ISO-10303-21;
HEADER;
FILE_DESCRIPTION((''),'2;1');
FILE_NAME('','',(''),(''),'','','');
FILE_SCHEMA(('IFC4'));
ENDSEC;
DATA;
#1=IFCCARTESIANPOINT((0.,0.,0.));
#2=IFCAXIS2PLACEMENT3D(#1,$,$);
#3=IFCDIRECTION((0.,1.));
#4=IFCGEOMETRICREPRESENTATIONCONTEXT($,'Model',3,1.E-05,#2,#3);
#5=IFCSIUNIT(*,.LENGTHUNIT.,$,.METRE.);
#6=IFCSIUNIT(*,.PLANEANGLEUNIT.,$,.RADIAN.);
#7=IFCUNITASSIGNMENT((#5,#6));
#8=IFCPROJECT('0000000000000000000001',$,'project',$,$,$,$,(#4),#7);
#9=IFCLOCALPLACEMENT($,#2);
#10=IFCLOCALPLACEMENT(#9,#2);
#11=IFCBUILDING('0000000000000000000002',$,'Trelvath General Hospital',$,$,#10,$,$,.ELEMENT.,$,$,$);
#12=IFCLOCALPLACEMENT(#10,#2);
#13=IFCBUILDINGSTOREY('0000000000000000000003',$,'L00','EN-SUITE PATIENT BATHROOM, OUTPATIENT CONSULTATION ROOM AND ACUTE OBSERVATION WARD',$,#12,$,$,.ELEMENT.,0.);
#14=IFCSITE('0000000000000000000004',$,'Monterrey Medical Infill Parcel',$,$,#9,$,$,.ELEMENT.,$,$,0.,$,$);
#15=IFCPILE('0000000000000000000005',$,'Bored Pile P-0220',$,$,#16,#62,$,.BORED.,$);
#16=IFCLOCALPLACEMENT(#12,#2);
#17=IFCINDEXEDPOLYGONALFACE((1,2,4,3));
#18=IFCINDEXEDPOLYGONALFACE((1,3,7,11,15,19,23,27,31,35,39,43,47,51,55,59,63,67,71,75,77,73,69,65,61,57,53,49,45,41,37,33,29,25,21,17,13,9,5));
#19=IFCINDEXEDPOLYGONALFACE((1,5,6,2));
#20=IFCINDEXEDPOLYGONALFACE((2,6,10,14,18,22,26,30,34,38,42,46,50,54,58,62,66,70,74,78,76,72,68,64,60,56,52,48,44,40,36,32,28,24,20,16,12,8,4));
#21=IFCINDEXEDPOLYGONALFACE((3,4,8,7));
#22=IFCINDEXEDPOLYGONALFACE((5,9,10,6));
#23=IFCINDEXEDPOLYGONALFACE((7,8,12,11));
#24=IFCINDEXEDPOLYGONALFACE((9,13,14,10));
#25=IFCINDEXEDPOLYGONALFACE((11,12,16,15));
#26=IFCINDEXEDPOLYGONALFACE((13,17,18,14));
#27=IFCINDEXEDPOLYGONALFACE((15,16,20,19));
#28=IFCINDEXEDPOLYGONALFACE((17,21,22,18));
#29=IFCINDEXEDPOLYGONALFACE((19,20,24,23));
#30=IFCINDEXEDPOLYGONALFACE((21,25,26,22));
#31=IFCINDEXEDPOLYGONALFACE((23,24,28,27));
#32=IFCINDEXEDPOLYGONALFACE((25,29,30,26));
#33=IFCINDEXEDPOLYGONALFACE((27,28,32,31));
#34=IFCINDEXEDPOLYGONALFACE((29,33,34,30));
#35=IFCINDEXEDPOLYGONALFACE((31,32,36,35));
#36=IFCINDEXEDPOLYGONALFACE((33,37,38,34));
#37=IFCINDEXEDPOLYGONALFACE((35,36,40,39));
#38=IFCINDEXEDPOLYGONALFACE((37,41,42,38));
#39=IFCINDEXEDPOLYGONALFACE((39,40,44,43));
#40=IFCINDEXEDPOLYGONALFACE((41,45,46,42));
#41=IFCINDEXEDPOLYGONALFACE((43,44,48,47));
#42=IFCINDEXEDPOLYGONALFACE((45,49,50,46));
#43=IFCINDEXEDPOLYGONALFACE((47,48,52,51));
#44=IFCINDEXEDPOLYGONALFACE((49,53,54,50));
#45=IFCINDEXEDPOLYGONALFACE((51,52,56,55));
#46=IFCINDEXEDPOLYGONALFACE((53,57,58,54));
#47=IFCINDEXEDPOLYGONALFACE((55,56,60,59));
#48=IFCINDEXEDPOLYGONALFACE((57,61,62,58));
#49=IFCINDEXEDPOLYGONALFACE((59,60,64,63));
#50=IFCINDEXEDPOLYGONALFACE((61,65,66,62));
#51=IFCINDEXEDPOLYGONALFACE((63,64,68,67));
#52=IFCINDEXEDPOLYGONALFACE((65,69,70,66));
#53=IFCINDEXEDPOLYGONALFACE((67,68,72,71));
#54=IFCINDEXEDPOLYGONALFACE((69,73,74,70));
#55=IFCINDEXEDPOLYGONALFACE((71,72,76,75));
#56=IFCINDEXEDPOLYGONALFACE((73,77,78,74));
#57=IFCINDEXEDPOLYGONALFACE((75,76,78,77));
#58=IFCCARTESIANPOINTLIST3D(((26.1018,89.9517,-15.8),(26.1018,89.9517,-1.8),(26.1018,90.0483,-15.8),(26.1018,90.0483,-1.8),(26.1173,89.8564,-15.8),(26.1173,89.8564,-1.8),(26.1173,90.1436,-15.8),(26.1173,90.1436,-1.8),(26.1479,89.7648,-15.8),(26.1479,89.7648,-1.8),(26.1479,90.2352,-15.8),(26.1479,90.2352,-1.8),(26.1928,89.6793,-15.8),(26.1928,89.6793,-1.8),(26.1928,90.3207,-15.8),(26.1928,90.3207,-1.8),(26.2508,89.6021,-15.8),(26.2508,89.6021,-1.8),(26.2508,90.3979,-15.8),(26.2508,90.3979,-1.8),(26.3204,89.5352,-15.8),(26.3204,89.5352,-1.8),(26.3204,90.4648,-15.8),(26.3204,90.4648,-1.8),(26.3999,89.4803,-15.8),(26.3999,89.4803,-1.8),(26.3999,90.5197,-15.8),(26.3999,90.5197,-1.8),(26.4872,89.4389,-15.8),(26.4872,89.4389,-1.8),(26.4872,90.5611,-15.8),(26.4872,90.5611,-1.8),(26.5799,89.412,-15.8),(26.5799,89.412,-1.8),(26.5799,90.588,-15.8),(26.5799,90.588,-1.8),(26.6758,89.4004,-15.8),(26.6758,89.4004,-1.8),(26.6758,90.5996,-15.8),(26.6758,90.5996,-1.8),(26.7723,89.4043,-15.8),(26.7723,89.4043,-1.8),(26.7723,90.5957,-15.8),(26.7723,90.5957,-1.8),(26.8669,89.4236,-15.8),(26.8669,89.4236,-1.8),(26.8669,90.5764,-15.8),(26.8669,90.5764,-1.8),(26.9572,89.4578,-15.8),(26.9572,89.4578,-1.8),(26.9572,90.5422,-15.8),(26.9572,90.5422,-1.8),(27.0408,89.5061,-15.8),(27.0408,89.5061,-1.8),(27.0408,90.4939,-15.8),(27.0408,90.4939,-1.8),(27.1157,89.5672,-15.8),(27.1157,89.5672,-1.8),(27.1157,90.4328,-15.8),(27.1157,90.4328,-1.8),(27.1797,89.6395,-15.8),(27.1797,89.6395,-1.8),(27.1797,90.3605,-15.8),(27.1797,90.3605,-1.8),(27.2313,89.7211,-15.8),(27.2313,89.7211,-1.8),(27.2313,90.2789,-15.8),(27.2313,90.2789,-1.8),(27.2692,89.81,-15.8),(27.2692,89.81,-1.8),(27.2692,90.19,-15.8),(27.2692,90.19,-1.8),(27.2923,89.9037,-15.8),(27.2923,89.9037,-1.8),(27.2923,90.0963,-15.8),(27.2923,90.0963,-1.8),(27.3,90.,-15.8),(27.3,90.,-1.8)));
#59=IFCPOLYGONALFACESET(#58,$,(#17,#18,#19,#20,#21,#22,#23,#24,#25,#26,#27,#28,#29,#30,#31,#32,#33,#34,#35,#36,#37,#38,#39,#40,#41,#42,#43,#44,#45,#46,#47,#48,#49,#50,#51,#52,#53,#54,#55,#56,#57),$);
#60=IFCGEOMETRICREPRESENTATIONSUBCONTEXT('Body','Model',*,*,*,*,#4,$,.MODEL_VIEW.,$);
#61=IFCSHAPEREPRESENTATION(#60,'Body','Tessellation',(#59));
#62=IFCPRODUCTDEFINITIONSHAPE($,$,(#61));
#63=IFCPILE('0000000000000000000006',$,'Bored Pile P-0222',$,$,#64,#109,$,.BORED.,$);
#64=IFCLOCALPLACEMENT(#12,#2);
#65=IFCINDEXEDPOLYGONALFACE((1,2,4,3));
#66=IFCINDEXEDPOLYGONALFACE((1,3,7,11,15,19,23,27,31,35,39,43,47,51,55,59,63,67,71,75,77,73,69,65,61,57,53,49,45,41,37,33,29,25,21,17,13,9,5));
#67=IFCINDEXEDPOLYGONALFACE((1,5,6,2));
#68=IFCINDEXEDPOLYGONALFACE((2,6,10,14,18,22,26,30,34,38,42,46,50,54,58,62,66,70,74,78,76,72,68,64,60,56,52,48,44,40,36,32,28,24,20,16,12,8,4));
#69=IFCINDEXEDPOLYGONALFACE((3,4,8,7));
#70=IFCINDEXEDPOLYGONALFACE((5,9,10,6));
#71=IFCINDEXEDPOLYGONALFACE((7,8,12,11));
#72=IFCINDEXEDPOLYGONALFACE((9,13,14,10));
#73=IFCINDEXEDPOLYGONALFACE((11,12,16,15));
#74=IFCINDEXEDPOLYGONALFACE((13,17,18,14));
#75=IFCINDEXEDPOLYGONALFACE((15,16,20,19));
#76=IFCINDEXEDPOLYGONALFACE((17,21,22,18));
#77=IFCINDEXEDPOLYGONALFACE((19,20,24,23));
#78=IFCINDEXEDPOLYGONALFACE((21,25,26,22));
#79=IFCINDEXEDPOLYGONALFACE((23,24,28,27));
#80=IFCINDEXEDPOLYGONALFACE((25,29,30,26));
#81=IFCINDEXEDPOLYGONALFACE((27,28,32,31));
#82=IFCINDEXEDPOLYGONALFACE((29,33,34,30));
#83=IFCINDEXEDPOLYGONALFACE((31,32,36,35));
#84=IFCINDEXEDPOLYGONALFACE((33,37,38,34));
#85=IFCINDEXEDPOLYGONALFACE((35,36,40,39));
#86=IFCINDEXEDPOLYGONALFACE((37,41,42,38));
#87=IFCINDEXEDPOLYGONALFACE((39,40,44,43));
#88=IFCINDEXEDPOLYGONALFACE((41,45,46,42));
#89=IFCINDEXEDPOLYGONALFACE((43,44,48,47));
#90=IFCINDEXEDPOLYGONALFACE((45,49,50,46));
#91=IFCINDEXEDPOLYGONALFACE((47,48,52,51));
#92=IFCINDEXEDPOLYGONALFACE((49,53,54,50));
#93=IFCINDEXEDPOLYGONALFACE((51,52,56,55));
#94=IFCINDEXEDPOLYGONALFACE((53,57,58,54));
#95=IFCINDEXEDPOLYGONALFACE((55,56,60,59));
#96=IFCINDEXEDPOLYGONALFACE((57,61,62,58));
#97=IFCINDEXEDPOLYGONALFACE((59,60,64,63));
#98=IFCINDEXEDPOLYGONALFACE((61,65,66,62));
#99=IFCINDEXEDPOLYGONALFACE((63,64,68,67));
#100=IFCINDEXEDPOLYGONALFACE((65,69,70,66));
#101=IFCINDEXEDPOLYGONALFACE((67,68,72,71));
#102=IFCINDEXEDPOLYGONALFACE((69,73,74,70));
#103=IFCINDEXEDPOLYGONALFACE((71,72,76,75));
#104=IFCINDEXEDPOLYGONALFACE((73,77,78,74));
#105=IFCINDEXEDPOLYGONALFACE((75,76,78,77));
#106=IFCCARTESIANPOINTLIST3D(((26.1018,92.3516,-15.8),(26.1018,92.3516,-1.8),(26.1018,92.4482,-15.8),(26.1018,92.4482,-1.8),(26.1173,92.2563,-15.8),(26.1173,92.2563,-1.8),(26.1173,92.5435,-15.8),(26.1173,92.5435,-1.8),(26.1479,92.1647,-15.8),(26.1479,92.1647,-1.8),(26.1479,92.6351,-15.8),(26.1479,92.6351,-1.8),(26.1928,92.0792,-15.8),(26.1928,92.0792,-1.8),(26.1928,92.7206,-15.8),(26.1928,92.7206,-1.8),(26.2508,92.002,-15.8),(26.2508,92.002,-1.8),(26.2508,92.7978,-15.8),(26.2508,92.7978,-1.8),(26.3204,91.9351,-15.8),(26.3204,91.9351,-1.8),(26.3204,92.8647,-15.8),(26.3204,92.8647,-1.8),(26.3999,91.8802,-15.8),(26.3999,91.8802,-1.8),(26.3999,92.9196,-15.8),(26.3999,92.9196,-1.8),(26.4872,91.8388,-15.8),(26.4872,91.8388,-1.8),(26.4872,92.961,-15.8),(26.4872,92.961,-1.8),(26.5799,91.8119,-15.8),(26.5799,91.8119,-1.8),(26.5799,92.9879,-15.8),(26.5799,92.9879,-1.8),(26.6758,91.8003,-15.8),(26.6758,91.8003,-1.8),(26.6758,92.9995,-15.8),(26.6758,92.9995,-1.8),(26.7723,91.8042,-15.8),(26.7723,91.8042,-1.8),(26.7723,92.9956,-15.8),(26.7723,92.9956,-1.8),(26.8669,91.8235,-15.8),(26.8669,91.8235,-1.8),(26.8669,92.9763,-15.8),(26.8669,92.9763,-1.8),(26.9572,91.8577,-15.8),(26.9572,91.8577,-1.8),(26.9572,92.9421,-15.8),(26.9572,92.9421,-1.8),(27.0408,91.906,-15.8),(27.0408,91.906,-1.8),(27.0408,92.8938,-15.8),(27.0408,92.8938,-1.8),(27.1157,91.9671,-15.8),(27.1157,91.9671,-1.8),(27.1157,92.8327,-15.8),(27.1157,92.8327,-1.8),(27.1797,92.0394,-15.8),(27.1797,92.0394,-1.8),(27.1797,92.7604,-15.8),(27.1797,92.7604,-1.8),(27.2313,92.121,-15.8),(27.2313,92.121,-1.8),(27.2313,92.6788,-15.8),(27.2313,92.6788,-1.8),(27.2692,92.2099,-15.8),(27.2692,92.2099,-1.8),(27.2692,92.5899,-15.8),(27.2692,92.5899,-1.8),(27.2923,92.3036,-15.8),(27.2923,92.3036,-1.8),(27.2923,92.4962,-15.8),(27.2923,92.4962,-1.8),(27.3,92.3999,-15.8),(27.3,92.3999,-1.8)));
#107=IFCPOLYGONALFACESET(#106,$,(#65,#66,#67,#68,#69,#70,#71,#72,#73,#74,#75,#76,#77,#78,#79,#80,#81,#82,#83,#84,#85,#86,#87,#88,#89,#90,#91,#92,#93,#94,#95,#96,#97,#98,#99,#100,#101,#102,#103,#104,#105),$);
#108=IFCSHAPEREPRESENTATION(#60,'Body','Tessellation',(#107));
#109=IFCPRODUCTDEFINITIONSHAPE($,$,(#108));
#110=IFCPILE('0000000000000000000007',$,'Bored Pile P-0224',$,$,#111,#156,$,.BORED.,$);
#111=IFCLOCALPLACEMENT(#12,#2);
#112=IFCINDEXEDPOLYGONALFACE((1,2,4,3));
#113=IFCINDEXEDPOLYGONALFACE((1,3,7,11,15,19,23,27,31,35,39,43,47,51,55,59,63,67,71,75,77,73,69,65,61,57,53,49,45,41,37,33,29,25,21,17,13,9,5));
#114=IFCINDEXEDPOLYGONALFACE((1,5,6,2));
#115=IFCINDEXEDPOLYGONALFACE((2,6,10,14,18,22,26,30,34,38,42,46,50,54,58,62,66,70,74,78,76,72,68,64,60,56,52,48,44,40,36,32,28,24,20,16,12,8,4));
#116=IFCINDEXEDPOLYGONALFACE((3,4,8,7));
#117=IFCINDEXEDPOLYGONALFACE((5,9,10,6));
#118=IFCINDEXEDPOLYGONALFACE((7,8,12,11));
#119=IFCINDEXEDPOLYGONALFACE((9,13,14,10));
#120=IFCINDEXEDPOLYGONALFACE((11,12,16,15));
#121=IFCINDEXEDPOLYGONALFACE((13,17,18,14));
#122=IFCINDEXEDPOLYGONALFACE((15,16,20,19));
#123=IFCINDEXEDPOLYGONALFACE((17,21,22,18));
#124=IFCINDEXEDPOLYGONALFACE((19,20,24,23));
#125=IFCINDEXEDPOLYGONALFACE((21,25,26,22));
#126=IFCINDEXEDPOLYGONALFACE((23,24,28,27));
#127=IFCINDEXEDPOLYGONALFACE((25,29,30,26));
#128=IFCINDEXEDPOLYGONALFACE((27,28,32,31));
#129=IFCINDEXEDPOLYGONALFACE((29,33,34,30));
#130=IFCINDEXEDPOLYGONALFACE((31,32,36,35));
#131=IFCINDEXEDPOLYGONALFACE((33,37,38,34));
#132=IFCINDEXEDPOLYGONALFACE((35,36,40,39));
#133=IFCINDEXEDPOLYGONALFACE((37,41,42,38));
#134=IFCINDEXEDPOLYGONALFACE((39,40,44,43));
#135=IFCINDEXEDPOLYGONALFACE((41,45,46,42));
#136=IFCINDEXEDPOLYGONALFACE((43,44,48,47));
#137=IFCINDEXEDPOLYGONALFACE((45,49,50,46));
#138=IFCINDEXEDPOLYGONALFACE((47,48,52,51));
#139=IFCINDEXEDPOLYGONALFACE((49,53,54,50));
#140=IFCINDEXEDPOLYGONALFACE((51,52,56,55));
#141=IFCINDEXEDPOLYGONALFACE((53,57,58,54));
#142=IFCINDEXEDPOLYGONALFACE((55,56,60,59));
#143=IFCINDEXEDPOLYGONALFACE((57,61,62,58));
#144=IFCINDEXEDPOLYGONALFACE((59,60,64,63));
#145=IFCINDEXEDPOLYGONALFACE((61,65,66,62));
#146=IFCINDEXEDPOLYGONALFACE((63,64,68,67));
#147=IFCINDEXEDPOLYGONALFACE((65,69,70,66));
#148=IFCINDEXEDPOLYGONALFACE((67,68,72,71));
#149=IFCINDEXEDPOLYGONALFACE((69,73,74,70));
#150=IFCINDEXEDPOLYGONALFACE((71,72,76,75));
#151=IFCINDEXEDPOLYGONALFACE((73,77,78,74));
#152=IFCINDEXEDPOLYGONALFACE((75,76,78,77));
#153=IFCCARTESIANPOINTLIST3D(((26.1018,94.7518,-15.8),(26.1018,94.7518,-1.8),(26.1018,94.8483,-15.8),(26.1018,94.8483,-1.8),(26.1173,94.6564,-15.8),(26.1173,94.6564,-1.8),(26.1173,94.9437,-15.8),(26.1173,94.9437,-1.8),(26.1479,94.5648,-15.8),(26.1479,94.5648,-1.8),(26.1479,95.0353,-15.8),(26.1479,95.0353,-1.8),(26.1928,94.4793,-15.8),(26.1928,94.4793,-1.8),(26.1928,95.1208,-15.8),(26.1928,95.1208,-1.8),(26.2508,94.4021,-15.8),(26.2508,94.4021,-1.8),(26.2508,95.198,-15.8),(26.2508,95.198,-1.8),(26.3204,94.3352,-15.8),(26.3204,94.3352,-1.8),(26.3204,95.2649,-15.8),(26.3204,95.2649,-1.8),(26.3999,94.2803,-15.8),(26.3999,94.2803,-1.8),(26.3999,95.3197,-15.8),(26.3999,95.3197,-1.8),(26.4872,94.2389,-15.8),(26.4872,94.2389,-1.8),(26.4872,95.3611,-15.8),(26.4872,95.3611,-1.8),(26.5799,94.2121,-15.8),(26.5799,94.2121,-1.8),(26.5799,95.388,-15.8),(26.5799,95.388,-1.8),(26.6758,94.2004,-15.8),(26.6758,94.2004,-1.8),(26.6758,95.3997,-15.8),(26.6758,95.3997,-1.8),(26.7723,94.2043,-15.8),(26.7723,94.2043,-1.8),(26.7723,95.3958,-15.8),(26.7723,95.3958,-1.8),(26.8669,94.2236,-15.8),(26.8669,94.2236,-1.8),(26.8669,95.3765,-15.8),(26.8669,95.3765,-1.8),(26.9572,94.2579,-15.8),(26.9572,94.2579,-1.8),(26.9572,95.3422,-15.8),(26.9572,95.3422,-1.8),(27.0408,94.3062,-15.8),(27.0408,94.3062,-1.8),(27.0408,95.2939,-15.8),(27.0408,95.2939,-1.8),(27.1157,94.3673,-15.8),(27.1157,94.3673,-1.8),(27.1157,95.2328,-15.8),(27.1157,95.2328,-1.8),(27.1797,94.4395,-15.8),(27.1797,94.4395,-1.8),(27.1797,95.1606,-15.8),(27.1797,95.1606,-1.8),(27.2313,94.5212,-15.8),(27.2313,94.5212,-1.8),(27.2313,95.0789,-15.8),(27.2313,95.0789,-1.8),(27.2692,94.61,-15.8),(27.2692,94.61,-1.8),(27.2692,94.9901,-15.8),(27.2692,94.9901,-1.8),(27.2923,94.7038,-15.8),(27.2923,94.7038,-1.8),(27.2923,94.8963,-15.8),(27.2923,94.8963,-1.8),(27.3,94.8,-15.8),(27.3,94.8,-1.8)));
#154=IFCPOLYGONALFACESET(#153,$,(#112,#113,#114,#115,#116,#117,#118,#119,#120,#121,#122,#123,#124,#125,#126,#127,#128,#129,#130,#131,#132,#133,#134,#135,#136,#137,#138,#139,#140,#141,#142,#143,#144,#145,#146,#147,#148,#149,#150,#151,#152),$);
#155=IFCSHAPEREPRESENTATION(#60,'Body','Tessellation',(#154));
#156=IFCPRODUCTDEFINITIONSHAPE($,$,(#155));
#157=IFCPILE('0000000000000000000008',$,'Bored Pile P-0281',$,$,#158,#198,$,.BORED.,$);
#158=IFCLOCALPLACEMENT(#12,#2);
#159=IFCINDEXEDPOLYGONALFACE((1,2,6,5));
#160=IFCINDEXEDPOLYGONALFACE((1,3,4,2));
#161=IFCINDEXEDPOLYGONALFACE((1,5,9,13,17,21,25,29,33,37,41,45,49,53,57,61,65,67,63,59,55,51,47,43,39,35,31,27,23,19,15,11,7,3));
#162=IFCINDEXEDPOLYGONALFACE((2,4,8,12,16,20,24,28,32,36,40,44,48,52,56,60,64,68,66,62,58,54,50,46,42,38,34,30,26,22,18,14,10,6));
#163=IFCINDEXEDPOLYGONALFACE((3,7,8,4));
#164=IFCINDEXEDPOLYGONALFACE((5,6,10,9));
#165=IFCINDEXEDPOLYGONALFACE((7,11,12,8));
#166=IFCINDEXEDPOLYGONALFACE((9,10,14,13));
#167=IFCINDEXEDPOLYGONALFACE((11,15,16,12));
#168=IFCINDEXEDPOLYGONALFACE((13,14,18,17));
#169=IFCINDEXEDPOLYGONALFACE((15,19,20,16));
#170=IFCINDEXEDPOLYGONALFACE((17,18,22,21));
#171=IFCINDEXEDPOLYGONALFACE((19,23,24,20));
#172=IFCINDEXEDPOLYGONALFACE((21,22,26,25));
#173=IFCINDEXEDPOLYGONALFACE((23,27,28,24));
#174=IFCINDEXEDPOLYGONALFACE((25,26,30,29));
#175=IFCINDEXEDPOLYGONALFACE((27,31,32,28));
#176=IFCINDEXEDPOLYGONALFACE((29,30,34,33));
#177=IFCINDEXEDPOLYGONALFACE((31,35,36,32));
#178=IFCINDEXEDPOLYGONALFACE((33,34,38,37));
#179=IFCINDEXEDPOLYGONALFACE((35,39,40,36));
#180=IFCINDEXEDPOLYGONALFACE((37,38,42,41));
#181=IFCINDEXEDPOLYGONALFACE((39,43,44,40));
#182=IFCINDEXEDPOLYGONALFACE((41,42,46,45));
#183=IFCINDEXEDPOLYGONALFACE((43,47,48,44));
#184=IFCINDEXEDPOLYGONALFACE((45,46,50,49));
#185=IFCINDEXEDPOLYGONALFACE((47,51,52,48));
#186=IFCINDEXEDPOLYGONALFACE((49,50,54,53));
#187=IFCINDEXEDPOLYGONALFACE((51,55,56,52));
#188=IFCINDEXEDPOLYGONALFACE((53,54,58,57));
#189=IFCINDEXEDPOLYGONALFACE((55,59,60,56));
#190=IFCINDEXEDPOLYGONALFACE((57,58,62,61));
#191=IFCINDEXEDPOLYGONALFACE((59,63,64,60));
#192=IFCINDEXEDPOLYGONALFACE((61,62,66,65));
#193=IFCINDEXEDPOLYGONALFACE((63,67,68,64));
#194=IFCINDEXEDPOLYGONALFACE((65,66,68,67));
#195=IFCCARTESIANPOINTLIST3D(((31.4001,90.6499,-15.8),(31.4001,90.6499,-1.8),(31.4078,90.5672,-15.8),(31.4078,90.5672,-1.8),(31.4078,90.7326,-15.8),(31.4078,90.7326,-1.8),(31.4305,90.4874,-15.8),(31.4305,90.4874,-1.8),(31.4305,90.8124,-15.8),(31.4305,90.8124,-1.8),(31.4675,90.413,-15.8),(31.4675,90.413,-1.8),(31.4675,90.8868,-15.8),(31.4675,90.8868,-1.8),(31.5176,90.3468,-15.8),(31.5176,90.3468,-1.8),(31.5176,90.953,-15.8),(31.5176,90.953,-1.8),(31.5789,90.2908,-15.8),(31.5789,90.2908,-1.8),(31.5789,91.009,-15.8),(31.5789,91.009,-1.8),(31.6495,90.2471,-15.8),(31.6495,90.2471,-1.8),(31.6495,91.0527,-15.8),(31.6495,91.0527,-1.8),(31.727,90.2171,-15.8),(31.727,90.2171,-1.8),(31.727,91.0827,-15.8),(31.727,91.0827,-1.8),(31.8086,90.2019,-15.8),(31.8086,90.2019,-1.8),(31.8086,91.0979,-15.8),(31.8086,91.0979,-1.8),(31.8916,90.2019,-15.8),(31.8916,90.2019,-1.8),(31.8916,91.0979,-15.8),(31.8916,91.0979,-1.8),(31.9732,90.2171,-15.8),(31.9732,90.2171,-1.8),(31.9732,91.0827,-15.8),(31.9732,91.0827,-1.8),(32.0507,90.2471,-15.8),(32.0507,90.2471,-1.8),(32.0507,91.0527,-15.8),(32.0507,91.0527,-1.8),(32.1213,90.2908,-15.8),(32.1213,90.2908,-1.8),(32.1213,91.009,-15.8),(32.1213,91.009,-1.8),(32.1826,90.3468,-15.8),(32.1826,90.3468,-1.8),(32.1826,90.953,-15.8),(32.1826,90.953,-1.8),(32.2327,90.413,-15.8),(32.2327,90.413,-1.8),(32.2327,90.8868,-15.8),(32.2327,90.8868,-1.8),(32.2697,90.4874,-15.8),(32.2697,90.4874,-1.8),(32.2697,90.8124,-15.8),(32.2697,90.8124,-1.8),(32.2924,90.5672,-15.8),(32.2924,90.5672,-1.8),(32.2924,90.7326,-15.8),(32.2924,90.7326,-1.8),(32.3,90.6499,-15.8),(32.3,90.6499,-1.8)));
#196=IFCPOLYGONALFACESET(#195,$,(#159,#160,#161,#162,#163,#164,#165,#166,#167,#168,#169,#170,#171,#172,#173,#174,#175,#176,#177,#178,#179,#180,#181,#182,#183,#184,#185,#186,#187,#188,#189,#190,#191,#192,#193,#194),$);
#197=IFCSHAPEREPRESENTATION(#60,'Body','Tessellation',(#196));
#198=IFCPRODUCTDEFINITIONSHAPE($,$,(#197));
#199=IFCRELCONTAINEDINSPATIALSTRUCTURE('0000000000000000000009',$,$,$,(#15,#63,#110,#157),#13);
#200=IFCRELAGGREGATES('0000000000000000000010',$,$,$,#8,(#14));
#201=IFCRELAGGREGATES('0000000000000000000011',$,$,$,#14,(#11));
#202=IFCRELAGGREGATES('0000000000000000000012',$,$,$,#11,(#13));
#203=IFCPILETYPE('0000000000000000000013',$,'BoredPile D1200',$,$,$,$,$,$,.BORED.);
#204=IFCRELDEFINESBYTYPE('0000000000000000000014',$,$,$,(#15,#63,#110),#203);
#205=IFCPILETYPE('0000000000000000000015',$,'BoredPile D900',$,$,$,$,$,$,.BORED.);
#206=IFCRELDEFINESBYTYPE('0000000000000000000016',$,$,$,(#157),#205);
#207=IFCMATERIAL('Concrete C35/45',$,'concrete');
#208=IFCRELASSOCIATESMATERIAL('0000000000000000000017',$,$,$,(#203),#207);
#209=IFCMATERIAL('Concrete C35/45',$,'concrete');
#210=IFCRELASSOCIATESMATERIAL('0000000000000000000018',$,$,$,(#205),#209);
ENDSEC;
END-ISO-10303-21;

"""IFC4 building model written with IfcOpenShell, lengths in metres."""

from ifc_helpers import new_model, si_unit, direction, frame, origin, origin_2d, place, context, subcontext, project, spatial, circle, extrude, material, material_profile, profile_set, type_object, element, save


model = new_model("IFC4")

# Units and contexts
model_context = context("Model", 3, precision=1e-05, world=origin(), true_north=direction((0.0, 1.0)))
body_context = subcontext(model_context, "Body", "Model", "MODEL_VIEW")
ifc_project = project(units=[si_unit("LENGTHUNIT", "METRE"), si_unit("PLANEANGLEUNIT", "RADIAN")], contexts=[model_context])

# Site, building, storey
site_placement = place(None, origin())
site = spatial("IfcSite", under=ifc_project, at=site_placement, Name="Monterrey Medical Infill Parcel", CompositionType="ELEMENT", RefElevation=0.0)
building_placement = place(site_placement, origin())
building = spatial("IfcBuilding", under=site, at=building_placement, Name="Trelvath General Hospital", CompositionType="ELEMENT")
storey_placement = place(building_placement, origin())
storey = spatial("IfcBuildingStorey", under=building, at=storey_placement, Name="L00", Description="EN-SUITE PATIENT BATHROOM, OUTPATIENT CONSULTATION ROOM AND ACUTE OBSERVATION WARD", CompositionType="ELEMENT", Elevation=0.0)

# Piles
ifc_material_1 = material(Name="Concrete C35/45", Category="concrete")
ifc_material_profile_1 = material_profile(ifc_material_1, circle(Radius=0.6001, at=origin_2d()), Name="PILE1200")
ifc_profile_set_1 = profile_set([ifc_material_profile_1], Name="Concrete C35/45")
pile_type_1 = type_object("IfcPileType", Name="BoredPile D1200", PredefinedType="BORED", material=ifc_profile_set_1)
for number, where, z_axis, x_axis, name in (
    (1, (26.7, 90.0, -1.8), (0.0, 0.0, -1.0), (1.0, 0.0, 0.0), "Bored Pile P-0220"),
    (2, (26.7, 92.3999, -1.8), (0.0, 0.0, -1.0), (1.0, 0.0, 0.0), "Bored Pile P-0222"),
    (3, (26.7, 94.8, -1.8), (0.0, 0.0, -1.0), (1.0, 0.0, 0.0), "Bored Pile P-0224"),
):
    element("IfcPile", number, at=place(storey_placement, frame(where, z_axis=z_axis, x_axis=x_axis)), inside=storey, type_object=pile_type_1, Name=name, PredefinedType="BORED", context=body_context, shape_type="SweptSolid", body=[
        extrude(circle(Radius=0.6001, at=origin_2d()), origin(), (0.0, 0.0, 1.0), 14.0),
    ])
ifc_material_2 = material(Name="Concrete C35/45", Category="concrete")
ifc_material_profile_2 = material_profile(ifc_material_2, circle(Radius=0.45, at=origin_2d()), Name="PILE900")
ifc_profile_set_2 = profile_set([ifc_material_profile_2], Name="Concrete C35/45")
pile_type_2 = type_object("IfcPileType", Name="BoredPile D900", PredefinedType="BORED", material=ifc_profile_set_2)
for number, where, z_axis, x_axis, name in (
    (4, (31.8501, 90.6499, -1.8), (0.0, 0.0, -1.0), (1.0, 0.0, 0.0), "Bored Pile P-0281"),
):
    element("IfcPile", number, at=place(storey_placement, frame(where, z_axis=z_axis, x_axis=x_axis)), inside=storey, type_object=pile_type_2, Name=name, PredefinedType="BORED", context=body_context, shape_type="SweptSolid", body=[
        extrude(circle(Radius=0.45, at=origin_2d()), origin(), (0.0, 0.0, 1.0), 14.0),
    ])

save(model, "model.ifc")
